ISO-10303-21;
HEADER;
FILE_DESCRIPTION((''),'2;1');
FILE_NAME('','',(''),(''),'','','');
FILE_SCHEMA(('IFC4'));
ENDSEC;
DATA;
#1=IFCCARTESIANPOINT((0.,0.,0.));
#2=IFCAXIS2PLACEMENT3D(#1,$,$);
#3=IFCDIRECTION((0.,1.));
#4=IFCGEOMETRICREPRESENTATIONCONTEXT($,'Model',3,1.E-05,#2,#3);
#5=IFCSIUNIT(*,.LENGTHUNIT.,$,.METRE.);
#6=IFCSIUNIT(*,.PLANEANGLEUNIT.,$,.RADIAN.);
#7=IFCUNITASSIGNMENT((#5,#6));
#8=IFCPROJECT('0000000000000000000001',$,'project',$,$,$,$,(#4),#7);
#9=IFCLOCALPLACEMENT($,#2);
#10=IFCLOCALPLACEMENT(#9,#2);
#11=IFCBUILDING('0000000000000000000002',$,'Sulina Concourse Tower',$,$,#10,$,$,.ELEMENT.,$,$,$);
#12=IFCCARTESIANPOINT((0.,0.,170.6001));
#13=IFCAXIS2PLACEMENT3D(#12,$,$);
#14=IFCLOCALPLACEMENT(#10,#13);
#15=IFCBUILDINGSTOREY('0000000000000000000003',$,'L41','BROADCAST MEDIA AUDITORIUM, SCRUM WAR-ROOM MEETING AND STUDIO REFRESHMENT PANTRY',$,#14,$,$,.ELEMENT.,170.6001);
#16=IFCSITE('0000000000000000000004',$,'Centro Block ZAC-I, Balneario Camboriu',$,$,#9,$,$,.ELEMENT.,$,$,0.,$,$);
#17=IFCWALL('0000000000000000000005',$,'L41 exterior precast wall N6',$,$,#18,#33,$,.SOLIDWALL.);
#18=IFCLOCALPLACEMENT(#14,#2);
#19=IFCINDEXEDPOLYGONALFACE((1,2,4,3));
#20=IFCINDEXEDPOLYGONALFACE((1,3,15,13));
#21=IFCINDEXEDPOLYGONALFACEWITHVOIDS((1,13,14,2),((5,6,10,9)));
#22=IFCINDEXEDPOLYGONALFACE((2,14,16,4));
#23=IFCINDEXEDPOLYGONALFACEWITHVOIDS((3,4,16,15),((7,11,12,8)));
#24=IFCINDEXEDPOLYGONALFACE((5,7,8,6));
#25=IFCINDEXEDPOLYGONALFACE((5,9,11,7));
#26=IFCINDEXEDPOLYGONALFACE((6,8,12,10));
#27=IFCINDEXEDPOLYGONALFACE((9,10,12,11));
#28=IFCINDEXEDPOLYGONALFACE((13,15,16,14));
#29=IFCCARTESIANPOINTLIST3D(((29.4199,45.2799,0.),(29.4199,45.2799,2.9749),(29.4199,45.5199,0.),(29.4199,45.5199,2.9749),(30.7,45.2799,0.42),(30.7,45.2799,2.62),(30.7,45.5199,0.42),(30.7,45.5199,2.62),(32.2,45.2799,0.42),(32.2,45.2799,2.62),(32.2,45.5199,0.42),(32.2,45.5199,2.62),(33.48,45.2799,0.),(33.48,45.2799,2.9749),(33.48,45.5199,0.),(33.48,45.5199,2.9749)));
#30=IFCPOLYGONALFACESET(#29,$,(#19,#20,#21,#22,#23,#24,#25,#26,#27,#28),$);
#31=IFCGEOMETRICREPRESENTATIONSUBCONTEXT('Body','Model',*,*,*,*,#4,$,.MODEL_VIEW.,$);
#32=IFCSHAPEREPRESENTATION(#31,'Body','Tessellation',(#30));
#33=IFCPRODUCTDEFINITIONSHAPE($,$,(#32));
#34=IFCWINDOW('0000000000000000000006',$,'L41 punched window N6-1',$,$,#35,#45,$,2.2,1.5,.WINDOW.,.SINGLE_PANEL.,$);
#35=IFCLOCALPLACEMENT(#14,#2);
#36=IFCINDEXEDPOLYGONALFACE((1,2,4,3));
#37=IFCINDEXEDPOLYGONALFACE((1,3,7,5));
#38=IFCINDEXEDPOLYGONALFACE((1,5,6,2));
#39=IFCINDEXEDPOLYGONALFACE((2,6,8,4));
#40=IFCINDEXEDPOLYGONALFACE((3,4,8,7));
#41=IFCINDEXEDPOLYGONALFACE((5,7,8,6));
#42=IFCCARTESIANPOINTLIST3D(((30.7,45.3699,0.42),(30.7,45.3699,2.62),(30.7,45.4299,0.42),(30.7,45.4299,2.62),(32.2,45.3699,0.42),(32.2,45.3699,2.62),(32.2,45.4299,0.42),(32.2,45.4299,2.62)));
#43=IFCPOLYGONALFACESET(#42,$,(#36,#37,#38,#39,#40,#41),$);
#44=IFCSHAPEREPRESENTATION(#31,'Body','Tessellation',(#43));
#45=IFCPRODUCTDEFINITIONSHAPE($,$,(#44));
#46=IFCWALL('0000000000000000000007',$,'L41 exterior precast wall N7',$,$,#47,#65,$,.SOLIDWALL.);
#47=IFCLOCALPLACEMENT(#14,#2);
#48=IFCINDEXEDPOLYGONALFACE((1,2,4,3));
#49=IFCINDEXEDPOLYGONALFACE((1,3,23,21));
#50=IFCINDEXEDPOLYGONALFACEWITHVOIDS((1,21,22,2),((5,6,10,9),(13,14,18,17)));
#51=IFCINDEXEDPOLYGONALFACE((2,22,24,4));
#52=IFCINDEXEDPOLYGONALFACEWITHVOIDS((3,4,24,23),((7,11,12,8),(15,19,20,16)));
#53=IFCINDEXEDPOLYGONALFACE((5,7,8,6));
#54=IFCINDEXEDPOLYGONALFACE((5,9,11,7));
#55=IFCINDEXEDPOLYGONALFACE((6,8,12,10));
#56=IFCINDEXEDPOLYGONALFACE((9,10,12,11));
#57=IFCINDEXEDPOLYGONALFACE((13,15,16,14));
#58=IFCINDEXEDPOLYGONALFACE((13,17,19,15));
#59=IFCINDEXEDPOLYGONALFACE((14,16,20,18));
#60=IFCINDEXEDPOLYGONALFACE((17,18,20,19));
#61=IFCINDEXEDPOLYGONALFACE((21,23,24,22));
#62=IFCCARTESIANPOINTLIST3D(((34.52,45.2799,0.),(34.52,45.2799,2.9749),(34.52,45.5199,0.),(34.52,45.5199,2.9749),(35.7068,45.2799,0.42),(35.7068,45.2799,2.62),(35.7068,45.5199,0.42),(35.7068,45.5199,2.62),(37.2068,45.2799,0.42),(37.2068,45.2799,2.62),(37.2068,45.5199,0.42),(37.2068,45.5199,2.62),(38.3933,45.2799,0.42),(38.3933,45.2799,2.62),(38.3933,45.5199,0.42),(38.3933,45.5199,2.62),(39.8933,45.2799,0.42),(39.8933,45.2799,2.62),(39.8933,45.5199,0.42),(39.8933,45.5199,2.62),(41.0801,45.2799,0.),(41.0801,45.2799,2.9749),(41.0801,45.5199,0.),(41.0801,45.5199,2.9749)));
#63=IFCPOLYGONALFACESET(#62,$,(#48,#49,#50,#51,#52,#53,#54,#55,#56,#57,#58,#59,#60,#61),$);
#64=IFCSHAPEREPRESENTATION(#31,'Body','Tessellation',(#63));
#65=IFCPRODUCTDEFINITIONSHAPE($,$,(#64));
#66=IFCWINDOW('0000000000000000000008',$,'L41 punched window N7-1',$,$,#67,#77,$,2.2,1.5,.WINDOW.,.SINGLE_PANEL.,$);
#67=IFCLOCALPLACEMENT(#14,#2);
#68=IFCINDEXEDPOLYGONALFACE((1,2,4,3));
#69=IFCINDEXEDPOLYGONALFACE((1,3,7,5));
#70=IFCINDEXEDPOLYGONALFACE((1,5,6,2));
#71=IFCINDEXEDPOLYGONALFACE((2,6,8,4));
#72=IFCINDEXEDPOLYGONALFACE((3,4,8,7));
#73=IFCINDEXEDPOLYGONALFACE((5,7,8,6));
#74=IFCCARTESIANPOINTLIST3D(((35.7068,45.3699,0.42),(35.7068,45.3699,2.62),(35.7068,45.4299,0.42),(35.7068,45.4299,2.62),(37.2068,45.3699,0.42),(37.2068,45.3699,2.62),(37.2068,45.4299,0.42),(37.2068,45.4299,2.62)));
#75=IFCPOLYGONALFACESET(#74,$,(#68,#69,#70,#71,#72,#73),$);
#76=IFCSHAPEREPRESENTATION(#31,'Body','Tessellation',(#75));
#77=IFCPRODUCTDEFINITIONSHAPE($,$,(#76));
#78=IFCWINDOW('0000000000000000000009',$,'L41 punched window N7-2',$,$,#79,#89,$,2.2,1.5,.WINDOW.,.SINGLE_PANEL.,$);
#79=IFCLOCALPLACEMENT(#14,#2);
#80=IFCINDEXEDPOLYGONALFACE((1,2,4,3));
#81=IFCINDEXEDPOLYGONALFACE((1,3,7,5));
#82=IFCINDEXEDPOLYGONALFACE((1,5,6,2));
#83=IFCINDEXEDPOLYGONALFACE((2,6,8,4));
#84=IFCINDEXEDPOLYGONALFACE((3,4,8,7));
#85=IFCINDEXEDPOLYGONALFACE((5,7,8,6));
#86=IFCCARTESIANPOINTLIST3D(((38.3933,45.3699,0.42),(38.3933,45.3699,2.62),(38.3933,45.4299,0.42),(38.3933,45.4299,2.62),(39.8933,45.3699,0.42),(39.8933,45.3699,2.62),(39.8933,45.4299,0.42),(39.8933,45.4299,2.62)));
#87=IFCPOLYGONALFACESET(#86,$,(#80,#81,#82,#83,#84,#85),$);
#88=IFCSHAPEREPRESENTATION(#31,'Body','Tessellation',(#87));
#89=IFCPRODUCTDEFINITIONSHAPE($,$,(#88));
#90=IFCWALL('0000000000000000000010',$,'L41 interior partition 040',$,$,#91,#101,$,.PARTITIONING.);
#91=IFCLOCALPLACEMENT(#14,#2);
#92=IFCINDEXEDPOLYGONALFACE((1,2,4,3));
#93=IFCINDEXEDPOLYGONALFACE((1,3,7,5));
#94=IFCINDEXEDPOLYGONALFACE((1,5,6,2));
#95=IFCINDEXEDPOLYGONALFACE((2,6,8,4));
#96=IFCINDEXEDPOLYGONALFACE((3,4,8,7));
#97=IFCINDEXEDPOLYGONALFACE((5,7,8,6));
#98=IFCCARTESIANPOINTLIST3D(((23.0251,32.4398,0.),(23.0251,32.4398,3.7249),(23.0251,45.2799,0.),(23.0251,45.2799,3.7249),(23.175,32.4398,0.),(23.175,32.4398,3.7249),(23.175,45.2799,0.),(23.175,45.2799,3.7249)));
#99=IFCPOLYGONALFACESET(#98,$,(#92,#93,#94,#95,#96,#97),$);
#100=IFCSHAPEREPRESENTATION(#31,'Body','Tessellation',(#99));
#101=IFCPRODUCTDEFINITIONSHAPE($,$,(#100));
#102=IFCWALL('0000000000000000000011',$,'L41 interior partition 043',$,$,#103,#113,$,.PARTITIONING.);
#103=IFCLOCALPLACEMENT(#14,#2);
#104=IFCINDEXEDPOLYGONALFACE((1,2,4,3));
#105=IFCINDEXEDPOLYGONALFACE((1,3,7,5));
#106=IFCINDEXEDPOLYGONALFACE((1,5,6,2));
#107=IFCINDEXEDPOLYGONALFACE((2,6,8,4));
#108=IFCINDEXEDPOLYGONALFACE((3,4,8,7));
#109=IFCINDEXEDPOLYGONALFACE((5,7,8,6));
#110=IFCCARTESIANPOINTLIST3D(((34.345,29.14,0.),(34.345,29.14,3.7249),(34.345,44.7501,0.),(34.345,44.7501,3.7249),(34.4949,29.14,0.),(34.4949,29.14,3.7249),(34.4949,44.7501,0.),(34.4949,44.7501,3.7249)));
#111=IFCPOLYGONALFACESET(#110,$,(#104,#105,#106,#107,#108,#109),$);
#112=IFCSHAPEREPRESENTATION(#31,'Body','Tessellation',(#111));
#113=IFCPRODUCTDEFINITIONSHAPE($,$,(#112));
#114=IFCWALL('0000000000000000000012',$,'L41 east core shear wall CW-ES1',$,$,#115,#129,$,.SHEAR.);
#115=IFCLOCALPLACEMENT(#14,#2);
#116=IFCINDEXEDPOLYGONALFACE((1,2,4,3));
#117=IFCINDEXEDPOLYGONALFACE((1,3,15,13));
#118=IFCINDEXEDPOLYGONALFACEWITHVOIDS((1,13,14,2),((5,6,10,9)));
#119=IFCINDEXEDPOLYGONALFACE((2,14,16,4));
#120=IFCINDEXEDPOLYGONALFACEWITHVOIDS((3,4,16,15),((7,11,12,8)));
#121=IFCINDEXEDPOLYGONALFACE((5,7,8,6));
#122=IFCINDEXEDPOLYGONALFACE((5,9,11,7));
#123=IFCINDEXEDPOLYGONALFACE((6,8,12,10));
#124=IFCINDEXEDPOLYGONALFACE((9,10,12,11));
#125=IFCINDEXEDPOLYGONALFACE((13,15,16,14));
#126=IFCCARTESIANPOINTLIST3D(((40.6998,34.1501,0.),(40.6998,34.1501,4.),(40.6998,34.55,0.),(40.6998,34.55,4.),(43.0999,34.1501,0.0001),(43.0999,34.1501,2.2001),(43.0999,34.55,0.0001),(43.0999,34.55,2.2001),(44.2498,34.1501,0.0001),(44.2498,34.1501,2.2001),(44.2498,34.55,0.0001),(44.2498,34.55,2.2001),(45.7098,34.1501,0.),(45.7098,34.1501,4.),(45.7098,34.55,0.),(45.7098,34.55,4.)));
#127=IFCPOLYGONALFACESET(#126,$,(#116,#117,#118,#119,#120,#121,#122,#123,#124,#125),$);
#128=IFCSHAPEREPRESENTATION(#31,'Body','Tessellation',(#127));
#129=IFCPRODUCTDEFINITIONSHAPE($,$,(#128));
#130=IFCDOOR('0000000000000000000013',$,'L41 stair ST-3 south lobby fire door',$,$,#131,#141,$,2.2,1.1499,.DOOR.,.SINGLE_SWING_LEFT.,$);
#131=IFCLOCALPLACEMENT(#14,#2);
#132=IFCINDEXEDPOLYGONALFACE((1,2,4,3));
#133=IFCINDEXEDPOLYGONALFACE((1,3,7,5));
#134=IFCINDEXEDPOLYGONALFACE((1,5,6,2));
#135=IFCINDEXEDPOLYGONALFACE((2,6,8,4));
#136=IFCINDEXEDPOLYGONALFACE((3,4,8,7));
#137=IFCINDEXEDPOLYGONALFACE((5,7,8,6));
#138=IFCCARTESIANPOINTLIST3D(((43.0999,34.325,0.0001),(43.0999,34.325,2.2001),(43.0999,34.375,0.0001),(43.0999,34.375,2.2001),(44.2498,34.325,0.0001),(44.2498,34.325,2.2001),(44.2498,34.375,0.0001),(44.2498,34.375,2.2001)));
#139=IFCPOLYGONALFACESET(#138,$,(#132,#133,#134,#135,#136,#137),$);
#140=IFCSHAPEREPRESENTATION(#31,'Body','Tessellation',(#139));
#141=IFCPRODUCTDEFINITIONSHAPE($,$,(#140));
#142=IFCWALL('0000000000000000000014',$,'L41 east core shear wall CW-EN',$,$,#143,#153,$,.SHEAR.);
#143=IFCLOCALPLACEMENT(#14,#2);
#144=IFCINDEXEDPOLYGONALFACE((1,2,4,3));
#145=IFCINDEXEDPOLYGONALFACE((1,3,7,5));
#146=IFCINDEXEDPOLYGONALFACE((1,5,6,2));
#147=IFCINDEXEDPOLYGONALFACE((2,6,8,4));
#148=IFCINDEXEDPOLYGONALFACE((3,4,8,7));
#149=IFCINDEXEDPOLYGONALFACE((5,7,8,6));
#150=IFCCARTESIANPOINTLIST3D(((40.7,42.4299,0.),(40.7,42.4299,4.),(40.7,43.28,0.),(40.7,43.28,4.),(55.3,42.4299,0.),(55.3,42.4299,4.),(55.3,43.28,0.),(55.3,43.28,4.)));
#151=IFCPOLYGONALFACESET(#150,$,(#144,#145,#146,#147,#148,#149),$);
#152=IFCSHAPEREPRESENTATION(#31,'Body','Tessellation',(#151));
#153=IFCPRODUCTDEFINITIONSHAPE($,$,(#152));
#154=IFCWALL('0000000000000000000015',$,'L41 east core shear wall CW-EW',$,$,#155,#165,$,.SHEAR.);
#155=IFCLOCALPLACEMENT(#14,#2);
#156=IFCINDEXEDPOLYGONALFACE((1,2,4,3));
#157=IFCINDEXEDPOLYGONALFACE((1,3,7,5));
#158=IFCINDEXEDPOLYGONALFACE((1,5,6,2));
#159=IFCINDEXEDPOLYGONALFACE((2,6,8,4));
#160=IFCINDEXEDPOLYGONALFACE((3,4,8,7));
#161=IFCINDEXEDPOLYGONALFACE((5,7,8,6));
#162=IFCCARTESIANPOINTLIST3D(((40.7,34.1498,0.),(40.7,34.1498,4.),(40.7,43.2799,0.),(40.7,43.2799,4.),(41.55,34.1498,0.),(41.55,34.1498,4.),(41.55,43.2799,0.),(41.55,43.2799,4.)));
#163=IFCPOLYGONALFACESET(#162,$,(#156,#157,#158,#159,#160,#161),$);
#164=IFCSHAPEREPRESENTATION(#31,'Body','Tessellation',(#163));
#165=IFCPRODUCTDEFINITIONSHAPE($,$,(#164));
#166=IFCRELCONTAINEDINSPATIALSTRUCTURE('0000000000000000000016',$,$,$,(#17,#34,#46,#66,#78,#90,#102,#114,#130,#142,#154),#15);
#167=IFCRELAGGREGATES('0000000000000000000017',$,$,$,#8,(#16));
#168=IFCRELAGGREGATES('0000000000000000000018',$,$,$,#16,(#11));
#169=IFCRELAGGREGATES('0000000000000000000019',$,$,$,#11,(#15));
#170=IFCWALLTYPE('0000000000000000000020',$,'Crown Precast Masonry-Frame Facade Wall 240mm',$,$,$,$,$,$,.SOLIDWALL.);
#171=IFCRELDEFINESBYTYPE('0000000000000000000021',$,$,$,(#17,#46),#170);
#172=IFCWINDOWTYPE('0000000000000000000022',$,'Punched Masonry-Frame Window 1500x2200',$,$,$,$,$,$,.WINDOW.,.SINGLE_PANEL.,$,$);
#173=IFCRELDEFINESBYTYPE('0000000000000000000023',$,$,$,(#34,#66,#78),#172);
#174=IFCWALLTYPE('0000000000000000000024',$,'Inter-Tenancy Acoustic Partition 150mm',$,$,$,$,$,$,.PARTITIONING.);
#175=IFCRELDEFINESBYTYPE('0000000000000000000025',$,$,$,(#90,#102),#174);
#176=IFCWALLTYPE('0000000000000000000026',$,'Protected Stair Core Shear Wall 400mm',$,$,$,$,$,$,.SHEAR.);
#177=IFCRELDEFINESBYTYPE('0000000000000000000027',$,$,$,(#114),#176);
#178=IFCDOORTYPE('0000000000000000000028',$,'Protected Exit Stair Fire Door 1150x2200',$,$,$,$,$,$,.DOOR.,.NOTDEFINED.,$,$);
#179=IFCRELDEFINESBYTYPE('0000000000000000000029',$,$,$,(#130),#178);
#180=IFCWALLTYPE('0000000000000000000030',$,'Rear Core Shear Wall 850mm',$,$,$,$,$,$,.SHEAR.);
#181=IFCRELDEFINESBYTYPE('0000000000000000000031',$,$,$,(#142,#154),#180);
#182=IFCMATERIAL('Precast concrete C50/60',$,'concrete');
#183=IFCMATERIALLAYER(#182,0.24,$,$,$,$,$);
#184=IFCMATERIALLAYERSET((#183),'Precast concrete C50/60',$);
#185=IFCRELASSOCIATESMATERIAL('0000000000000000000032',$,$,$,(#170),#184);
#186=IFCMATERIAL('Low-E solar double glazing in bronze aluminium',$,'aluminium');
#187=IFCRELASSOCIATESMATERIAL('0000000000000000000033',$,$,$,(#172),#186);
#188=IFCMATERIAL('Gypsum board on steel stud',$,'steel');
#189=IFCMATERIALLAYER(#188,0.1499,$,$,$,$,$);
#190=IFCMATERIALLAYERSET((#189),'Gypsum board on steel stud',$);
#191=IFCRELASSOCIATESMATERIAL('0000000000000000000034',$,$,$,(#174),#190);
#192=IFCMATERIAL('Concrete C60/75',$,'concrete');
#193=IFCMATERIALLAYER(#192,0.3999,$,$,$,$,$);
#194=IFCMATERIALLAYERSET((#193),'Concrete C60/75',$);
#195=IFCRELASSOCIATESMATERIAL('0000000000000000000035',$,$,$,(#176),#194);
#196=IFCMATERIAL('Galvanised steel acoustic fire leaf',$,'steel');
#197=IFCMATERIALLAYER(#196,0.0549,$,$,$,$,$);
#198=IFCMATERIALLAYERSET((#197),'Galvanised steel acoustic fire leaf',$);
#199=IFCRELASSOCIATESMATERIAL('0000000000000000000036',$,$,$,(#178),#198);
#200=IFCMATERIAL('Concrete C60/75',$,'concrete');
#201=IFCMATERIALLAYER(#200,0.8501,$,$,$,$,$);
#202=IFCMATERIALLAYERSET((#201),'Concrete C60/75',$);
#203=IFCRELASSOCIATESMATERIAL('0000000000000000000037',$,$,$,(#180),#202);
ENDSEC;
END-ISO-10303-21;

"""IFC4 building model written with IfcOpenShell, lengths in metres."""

from ifc_helpers import new_model, si_unit, direction, frame, frame_2d, origin, place, context, subcontext, project, spatial, rectangle, extrude, material, layer, layer_set, type_object, element, fill, save


model = new_model("IFC4")

# Units and contexts
model_context = context("Model", 3, precision=1e-05, world=origin(), true_north=direction((0.0, 1.0)))
body_context = subcontext(model_context, "Body", "Model", "MODEL_VIEW")
ifc_project = project(units=[si_unit("LENGTHUNIT", "METRE"), si_unit("PLANEANGLEUNIT", "RADIAN")], contexts=[model_context])

# Site, building, storey
site_placement = place(None, origin())
site = spatial("IfcSite", under=ifc_project, at=site_placement, Name="Centro Block ZAC-I, Balneario Camboriu", CompositionType="ELEMENT", RefElevation=0.0)
building_placement = place(site_placement, origin())
building = spatial("IfcBuilding", under=site, at=building_placement, Name="Sulina Concourse Tower", CompositionType="ELEMENT")
storey_placement = place(building_placement, frame((0.0, 0.0, 170.6001)))
storey = spatial("IfcBuildingStorey", under=building, at=storey_placement, Name="L41", Description="BROADCAST MEDIA AUDITORIUM, SCRUM WAR-ROOM MEETING AND STUDIO REFRESHMENT PANTRY", CompositionType="ELEMENT", Elevation=170.6001)

# Shared definitions
ifc_material_1 = material(Name="Precast concrete C50/60", Category="concrete")
ifc_layer_1 = layer(ifc_material_1, 0.24)
ifc_layer_set_1 = layer_set([ifc_layer_1], Name="Precast concrete C50/60")
wall_type_1 = type_object("IfcWallType", Name="Crown Precast Masonry-Frame Facade Wall 240mm", PredefinedType="SOLIDWALL", material=ifc_layer_set_1)

# Wall, opening, window
wall_1_placement = place(storey_placement, frame((29.4199, 45.3999, 0.0), z_axis=(0.0, 0.0, 1.0), x_axis=(1.0, 0.0, 0.0)))
wall_1 = element("IfcWall", 1, at=wall_1_placement, inside=storey, type_object=wall_type_1, Name="L41 exterior precast wall N6", PredefinedType="SOLIDWALL", context=body_context, shape_type="SweptSolid", body=[
    extrude(rectangle(XDim=4.0601, YDim=0.24, at=frame_2d((2.03, 0.0))), origin(), (0.0, 0.0, 1.0), 2.9749),
])
opening_1_placement = place(wall_1_placement, frame((1.28, 0.0, 0.4199)))
opening_1 = element("IfcOpeningElement", 2, at=opening_1_placement, cuts=wall_1, PredefinedType="OPENING", context=body_context, shape_type="SweptSolid", body=[
    extrude(rectangle(XDim=1.5, YDim=2.2, at=frame_2d((0.75, 1.1001))), frame((0.0, 0.1299, 0.0), z_axis=(0.0, -1.0, 0.0), x_axis=(1.0, 0.0, 0.0)), (0.0, 0.0, 1.0), 0.26),
])
ifc_material_2 = material(Name="Low-E solar double glazing in bronze aluminium", Category="aluminium")
window_type = type_object("IfcWindowType", Name="Punched Masonry-Frame Window 1500x2200", PartitioningType="SINGLE_PANEL", PredefinedType="WINDOW", material=ifc_material_2)
window_1_placement = place(opening_1_placement, origin())
window_1 = element("IfcWindow", 3, at=window_1_placement, inside=storey, type_object=window_type, Name="L41 punched window N6-1", OverallHeight=2.2, OverallWidth=1.5, PartitioningType="SINGLE_PANEL", PredefinedType="WINDOW", context=body_context, shape_type="SweptSolid", body=[
    extrude(rectangle(XDim=1.5, YDim=2.2, at=frame_2d((0.75, 1.1001))), frame((0.0, 0.03, 0.0), z_axis=(0.0, -1.0, 0.0), x_axis=(1.0, 0.0, 0.0)), (0.0, 0.0, 1.0), 0.0601),
])
fill(opening_1, window_1)

# Wall, openings, windows
wall_2_placement = place(storey_placement, frame((34.52, 45.3999, 0.0), z_axis=(0.0, 0.0, 1.0), x_axis=(1.0, 0.0, 0.0)))
wall_2 = element("IfcWall", 4, at=wall_2_placement, inside=storey, type_object=wall_type_1, Name="L41 exterior precast wall N7", PredefinedType="SOLIDWALL", context=body_context, shape_type="SweptSolid", body=[
    extrude(rectangle(XDim=6.5601, YDim=0.24, at=frame_2d((3.28, 0.0))), origin(), (0.0, 0.0, 1.0), 2.9749),
])
opening_2_placement = place(wall_2_placement, frame((1.1868, 0.0, 0.4199)))
opening_2 = element("IfcOpeningElement", 5, at=opening_2_placement, cuts=wall_2, PredefinedType="OPENING", context=body_context, shape_type="SweptSolid", body=[
    extrude(rectangle(XDim=1.5, YDim=2.2, at=frame_2d((0.75, 1.1001))), frame((0.0, 0.1299, 0.0), z_axis=(0.0, -1.0, 0.0), x_axis=(1.0, 0.0, 0.0)), (0.0, 0.0, 1.0), 0.26),
])
opening_3_placement = place(wall_2_placement, frame((3.8733, 0.0, 0.4199)))
opening_3 = element("IfcOpeningElement", 6, at=opening_3_placement, cuts=wall_2, PredefinedType="OPENING", context=body_context, shape_type="SweptSolid", body=[
    extrude(rectangle(XDim=1.5, YDim=2.2, at=frame_2d((0.75, 1.1001))), frame((0.0, 0.1299, 0.0), z_axis=(0.0, -1.0, 0.0), x_axis=(1.0, 0.0, 0.0)), (0.0, 0.0, 1.0), 0.26),
])
window_2_placement = place(opening_2_placement, origin())
window_2 = element("IfcWindow", 7, at=window_2_placement, inside=storey, type_object=window_type, Name="L41 punched window N7-1", OverallHeight=2.2, OverallWidth=1.5, PartitioningType="SINGLE_PANEL", PredefinedType="WINDOW", context=body_context, shape_type="SweptSolid", body=[
    extrude(rectangle(XDim=1.5, YDim=2.2, at=frame_2d((0.75, 1.1001))), frame((0.0, 0.03, 0.0), z_axis=(0.0, -1.0, 0.0), x_axis=(1.0, 0.0, 0.0)), (0.0, 0.0, 1.0), 0.0601),
])
fill(opening_2, window_2)
window_3_placement = place(opening_3_placement, origin())
window_3 = element("IfcWindow", 8, at=window_3_placement, inside=storey, type_object=window_type, Name="L41 punched window N7-2", OverallHeight=2.2, OverallWidth=1.5, PartitioningType="SINGLE_PANEL", PredefinedType="WINDOW", context=body_context, shape_type="SweptSolid", body=[
    extrude(rectangle(XDim=1.5, YDim=2.2, at=frame_2d((0.75, 1.1001))), frame((0.0, 0.03, 0.0), z_axis=(0.0, -1.0, 0.0), x_axis=(1.0, 0.0, 0.0)), (0.0, 0.0, 1.0), 0.0601),
])
fill(opening_3, window_3)

# Walls
ifc_material_3 = material(Name="Gypsum board on steel stud", Category="steel")
ifc_layer_2 = layer(ifc_material_3, 0.1499)
ifc_layer_set_2 = layer_set([ifc_layer_2], Name="Gypsum board on steel stud")
wall_type_2 = type_object("IfcWallType", Name="Inter-Tenancy Acoustic Partition 150mm", PredefinedType="PARTITIONING", material=ifc_layer_set_2)
wall_3_placement = place(storey_placement, frame((23.1001, 32.4399, 0.0), z_axis=(0.0, 0.0, 1.0), x_axis=(0.0, 1.0, 0.0)))
element("IfcWall", 9, at=wall_3_placement, inside=storey, type_object=wall_type_2, Name="L41 interior partition 040", PredefinedType="PARTITIONING", context=body_context, shape_type="SweptSolid", body=[
    extrude(rectangle(XDim=12.8401, YDim=0.1499, at=frame_2d((6.4199, 0.0))), origin(), (0.0, 0.0, 1.0), 3.7249),
])
wall_4_placement = place(storey_placement, frame((34.4199, 29.1399, 0.0), z_axis=(0.0, 0.0, 1.0), x_axis=(0.0, 1.0, 0.0)))
element("IfcWall", 10, at=wall_4_placement, inside=storey, type_object=wall_type_2, Name="L41 interior partition 043", PredefinedType="PARTITIONING", context=body_context, shape_type="SweptSolid", body=[
    extrude(rectangle(XDim=15.6101, YDim=0.1499, at=frame_2d((7.8052, 0.0))), origin(), (0.0, 0.0, 1.0), 3.7249),
])

# Wall, opening, door
ifc_material_4 = material(Name="Concrete C60/75", Category="concrete")
ifc_layer_3 = layer(ifc_material_4, 0.3999)
ifc_layer_set_3 = layer_set([ifc_layer_3], Name="Concrete C60/75")
wall_type_3 = type_object("IfcWallType", Name="Protected Stair Core Shear Wall 400mm", PredefinedType="SHEAR", material=ifc_layer_set_3)
wall_5_placement = place(storey_placement, frame((40.7, 34.3501, 0.0), z_axis=(0.0, 0.0, 1.0), x_axis=(1.0, 0.0, 0.0)))
wall_5 = element("IfcWall", 11, at=wall_5_placement, inside=storey, type_object=wall_type_3, Name="L41 east core shear wall CW-ES1", PredefinedType="SHEAR", context=body_context, shape_type="SweptSolid", body=[
    extrude(rectangle(XDim=5.01, YDim=0.3999, at=frame_2d((2.5049, 0.0))), origin(), (0.0, 0.0, 1.0), 4.0),
])
opening_4_placement = place(wall_5_placement, frame((2.3999, 0.0, 0.0)))
opening_4 = element("IfcOpeningElement", 12, at=opening_4_placement, cuts=wall_5, PredefinedType="OPENING", context=body_context, shape_type="SweptSolid", body=[
    extrude(rectangle(XDim=1.1499, YDim=2.2, at=frame_2d((0.575, 1.1001))), frame((0.0, 0.21, 0.0), z_axis=(0.0, -1.0, 0.0), x_axis=(1.0, 0.0, 0.0)), (0.0, 0.0, 1.0), 0.4199),
])
ifc_material_5 = material(Name="Galvanised steel acoustic fire leaf", Category="steel")
ifc_layer_4 = layer(ifc_material_5, 0.0549)
ifc_layer_set_4 = layer_set([ifc_layer_4], Name="Galvanised steel acoustic fire leaf")
door_type = type_object("IfcDoorType", Name="Protected Exit Stair Fire Door 1150x2200", OperationType="NOTDEFINED", PredefinedType="DOOR", material=ifc_layer_set_4)
door_placement = place(opening_4_placement, origin())
door = element("IfcDoor", 13, at=door_placement, inside=storey, type_object=door_type, Name="L41 stair ST-3 south lobby fire door", OperationType="SINGLE_SWING_LEFT", OverallHeight=2.2, OverallWidth=1.1499, PredefinedType="DOOR", context=body_context, shape_type="SweptSolid", body=[
    extrude(rectangle(XDim=1.1499, YDim=2.2, at=frame_2d((0.575, 1.1001))), frame((0.0, 0.0249, 0.0), z_axis=(0.0, -1.0, 0.0), x_axis=(1.0, 0.0, 0.0)), (0.0, 0.0, 1.0), 0.05),
])
fill(opening_4, door)

# Walls
ifc_material_6 = material(Name="Concrete C60/75", Category="concrete")
ifc_layer_5 = layer(ifc_material_6, 0.8501)
ifc_layer_set_5 = layer_set([ifc_layer_5], Name="Concrete C60/75")
wall_type_4 = type_object("IfcWallType", Name="Rear Core Shear Wall 850mm", PredefinedType="SHEAR", material=ifc_layer_set_5)
wall_6_placement = place(storey_placement, frame((40.7, 42.855, 0.0), z_axis=(0.0, 0.0, 1.0), x_axis=(1.0, 0.0, 0.0)))
element("IfcWall", 14, at=wall_6_placement, inside=storey, type_object=wall_type_4, Name="L41 east core shear wall CW-EN", PredefinedType="SHEAR", context=body_context, shape_type="SweptSolid", body=[
    extrude(rectangle(XDim=14.6001, YDim=0.8501, at=frame_2d((7.3, 0.0))), origin(), (0.0, 0.0, 1.0), 4.0),
])
wall_7_placement = place(storey_placement, frame((41.125, 34.1499, 0.0), z_axis=(0.0, 0.0, 1.0), x_axis=(0.0, 1.0, 0.0)))
element("IfcWall", 15, at=wall_7_placement, inside=storey, type_object=wall_type_4, Name="L41 east core shear wall CW-EW", PredefinedType="SHEAR", context=body_context, shape_type="SweptSolid", body=[
    extrude(rectangle(XDim=9.1301, YDim=0.8501, at=frame_2d((4.5649, 0.0))), origin(), (0.0, 0.0, 1.0), 4.0),
])

save(model, "model.ifc")
